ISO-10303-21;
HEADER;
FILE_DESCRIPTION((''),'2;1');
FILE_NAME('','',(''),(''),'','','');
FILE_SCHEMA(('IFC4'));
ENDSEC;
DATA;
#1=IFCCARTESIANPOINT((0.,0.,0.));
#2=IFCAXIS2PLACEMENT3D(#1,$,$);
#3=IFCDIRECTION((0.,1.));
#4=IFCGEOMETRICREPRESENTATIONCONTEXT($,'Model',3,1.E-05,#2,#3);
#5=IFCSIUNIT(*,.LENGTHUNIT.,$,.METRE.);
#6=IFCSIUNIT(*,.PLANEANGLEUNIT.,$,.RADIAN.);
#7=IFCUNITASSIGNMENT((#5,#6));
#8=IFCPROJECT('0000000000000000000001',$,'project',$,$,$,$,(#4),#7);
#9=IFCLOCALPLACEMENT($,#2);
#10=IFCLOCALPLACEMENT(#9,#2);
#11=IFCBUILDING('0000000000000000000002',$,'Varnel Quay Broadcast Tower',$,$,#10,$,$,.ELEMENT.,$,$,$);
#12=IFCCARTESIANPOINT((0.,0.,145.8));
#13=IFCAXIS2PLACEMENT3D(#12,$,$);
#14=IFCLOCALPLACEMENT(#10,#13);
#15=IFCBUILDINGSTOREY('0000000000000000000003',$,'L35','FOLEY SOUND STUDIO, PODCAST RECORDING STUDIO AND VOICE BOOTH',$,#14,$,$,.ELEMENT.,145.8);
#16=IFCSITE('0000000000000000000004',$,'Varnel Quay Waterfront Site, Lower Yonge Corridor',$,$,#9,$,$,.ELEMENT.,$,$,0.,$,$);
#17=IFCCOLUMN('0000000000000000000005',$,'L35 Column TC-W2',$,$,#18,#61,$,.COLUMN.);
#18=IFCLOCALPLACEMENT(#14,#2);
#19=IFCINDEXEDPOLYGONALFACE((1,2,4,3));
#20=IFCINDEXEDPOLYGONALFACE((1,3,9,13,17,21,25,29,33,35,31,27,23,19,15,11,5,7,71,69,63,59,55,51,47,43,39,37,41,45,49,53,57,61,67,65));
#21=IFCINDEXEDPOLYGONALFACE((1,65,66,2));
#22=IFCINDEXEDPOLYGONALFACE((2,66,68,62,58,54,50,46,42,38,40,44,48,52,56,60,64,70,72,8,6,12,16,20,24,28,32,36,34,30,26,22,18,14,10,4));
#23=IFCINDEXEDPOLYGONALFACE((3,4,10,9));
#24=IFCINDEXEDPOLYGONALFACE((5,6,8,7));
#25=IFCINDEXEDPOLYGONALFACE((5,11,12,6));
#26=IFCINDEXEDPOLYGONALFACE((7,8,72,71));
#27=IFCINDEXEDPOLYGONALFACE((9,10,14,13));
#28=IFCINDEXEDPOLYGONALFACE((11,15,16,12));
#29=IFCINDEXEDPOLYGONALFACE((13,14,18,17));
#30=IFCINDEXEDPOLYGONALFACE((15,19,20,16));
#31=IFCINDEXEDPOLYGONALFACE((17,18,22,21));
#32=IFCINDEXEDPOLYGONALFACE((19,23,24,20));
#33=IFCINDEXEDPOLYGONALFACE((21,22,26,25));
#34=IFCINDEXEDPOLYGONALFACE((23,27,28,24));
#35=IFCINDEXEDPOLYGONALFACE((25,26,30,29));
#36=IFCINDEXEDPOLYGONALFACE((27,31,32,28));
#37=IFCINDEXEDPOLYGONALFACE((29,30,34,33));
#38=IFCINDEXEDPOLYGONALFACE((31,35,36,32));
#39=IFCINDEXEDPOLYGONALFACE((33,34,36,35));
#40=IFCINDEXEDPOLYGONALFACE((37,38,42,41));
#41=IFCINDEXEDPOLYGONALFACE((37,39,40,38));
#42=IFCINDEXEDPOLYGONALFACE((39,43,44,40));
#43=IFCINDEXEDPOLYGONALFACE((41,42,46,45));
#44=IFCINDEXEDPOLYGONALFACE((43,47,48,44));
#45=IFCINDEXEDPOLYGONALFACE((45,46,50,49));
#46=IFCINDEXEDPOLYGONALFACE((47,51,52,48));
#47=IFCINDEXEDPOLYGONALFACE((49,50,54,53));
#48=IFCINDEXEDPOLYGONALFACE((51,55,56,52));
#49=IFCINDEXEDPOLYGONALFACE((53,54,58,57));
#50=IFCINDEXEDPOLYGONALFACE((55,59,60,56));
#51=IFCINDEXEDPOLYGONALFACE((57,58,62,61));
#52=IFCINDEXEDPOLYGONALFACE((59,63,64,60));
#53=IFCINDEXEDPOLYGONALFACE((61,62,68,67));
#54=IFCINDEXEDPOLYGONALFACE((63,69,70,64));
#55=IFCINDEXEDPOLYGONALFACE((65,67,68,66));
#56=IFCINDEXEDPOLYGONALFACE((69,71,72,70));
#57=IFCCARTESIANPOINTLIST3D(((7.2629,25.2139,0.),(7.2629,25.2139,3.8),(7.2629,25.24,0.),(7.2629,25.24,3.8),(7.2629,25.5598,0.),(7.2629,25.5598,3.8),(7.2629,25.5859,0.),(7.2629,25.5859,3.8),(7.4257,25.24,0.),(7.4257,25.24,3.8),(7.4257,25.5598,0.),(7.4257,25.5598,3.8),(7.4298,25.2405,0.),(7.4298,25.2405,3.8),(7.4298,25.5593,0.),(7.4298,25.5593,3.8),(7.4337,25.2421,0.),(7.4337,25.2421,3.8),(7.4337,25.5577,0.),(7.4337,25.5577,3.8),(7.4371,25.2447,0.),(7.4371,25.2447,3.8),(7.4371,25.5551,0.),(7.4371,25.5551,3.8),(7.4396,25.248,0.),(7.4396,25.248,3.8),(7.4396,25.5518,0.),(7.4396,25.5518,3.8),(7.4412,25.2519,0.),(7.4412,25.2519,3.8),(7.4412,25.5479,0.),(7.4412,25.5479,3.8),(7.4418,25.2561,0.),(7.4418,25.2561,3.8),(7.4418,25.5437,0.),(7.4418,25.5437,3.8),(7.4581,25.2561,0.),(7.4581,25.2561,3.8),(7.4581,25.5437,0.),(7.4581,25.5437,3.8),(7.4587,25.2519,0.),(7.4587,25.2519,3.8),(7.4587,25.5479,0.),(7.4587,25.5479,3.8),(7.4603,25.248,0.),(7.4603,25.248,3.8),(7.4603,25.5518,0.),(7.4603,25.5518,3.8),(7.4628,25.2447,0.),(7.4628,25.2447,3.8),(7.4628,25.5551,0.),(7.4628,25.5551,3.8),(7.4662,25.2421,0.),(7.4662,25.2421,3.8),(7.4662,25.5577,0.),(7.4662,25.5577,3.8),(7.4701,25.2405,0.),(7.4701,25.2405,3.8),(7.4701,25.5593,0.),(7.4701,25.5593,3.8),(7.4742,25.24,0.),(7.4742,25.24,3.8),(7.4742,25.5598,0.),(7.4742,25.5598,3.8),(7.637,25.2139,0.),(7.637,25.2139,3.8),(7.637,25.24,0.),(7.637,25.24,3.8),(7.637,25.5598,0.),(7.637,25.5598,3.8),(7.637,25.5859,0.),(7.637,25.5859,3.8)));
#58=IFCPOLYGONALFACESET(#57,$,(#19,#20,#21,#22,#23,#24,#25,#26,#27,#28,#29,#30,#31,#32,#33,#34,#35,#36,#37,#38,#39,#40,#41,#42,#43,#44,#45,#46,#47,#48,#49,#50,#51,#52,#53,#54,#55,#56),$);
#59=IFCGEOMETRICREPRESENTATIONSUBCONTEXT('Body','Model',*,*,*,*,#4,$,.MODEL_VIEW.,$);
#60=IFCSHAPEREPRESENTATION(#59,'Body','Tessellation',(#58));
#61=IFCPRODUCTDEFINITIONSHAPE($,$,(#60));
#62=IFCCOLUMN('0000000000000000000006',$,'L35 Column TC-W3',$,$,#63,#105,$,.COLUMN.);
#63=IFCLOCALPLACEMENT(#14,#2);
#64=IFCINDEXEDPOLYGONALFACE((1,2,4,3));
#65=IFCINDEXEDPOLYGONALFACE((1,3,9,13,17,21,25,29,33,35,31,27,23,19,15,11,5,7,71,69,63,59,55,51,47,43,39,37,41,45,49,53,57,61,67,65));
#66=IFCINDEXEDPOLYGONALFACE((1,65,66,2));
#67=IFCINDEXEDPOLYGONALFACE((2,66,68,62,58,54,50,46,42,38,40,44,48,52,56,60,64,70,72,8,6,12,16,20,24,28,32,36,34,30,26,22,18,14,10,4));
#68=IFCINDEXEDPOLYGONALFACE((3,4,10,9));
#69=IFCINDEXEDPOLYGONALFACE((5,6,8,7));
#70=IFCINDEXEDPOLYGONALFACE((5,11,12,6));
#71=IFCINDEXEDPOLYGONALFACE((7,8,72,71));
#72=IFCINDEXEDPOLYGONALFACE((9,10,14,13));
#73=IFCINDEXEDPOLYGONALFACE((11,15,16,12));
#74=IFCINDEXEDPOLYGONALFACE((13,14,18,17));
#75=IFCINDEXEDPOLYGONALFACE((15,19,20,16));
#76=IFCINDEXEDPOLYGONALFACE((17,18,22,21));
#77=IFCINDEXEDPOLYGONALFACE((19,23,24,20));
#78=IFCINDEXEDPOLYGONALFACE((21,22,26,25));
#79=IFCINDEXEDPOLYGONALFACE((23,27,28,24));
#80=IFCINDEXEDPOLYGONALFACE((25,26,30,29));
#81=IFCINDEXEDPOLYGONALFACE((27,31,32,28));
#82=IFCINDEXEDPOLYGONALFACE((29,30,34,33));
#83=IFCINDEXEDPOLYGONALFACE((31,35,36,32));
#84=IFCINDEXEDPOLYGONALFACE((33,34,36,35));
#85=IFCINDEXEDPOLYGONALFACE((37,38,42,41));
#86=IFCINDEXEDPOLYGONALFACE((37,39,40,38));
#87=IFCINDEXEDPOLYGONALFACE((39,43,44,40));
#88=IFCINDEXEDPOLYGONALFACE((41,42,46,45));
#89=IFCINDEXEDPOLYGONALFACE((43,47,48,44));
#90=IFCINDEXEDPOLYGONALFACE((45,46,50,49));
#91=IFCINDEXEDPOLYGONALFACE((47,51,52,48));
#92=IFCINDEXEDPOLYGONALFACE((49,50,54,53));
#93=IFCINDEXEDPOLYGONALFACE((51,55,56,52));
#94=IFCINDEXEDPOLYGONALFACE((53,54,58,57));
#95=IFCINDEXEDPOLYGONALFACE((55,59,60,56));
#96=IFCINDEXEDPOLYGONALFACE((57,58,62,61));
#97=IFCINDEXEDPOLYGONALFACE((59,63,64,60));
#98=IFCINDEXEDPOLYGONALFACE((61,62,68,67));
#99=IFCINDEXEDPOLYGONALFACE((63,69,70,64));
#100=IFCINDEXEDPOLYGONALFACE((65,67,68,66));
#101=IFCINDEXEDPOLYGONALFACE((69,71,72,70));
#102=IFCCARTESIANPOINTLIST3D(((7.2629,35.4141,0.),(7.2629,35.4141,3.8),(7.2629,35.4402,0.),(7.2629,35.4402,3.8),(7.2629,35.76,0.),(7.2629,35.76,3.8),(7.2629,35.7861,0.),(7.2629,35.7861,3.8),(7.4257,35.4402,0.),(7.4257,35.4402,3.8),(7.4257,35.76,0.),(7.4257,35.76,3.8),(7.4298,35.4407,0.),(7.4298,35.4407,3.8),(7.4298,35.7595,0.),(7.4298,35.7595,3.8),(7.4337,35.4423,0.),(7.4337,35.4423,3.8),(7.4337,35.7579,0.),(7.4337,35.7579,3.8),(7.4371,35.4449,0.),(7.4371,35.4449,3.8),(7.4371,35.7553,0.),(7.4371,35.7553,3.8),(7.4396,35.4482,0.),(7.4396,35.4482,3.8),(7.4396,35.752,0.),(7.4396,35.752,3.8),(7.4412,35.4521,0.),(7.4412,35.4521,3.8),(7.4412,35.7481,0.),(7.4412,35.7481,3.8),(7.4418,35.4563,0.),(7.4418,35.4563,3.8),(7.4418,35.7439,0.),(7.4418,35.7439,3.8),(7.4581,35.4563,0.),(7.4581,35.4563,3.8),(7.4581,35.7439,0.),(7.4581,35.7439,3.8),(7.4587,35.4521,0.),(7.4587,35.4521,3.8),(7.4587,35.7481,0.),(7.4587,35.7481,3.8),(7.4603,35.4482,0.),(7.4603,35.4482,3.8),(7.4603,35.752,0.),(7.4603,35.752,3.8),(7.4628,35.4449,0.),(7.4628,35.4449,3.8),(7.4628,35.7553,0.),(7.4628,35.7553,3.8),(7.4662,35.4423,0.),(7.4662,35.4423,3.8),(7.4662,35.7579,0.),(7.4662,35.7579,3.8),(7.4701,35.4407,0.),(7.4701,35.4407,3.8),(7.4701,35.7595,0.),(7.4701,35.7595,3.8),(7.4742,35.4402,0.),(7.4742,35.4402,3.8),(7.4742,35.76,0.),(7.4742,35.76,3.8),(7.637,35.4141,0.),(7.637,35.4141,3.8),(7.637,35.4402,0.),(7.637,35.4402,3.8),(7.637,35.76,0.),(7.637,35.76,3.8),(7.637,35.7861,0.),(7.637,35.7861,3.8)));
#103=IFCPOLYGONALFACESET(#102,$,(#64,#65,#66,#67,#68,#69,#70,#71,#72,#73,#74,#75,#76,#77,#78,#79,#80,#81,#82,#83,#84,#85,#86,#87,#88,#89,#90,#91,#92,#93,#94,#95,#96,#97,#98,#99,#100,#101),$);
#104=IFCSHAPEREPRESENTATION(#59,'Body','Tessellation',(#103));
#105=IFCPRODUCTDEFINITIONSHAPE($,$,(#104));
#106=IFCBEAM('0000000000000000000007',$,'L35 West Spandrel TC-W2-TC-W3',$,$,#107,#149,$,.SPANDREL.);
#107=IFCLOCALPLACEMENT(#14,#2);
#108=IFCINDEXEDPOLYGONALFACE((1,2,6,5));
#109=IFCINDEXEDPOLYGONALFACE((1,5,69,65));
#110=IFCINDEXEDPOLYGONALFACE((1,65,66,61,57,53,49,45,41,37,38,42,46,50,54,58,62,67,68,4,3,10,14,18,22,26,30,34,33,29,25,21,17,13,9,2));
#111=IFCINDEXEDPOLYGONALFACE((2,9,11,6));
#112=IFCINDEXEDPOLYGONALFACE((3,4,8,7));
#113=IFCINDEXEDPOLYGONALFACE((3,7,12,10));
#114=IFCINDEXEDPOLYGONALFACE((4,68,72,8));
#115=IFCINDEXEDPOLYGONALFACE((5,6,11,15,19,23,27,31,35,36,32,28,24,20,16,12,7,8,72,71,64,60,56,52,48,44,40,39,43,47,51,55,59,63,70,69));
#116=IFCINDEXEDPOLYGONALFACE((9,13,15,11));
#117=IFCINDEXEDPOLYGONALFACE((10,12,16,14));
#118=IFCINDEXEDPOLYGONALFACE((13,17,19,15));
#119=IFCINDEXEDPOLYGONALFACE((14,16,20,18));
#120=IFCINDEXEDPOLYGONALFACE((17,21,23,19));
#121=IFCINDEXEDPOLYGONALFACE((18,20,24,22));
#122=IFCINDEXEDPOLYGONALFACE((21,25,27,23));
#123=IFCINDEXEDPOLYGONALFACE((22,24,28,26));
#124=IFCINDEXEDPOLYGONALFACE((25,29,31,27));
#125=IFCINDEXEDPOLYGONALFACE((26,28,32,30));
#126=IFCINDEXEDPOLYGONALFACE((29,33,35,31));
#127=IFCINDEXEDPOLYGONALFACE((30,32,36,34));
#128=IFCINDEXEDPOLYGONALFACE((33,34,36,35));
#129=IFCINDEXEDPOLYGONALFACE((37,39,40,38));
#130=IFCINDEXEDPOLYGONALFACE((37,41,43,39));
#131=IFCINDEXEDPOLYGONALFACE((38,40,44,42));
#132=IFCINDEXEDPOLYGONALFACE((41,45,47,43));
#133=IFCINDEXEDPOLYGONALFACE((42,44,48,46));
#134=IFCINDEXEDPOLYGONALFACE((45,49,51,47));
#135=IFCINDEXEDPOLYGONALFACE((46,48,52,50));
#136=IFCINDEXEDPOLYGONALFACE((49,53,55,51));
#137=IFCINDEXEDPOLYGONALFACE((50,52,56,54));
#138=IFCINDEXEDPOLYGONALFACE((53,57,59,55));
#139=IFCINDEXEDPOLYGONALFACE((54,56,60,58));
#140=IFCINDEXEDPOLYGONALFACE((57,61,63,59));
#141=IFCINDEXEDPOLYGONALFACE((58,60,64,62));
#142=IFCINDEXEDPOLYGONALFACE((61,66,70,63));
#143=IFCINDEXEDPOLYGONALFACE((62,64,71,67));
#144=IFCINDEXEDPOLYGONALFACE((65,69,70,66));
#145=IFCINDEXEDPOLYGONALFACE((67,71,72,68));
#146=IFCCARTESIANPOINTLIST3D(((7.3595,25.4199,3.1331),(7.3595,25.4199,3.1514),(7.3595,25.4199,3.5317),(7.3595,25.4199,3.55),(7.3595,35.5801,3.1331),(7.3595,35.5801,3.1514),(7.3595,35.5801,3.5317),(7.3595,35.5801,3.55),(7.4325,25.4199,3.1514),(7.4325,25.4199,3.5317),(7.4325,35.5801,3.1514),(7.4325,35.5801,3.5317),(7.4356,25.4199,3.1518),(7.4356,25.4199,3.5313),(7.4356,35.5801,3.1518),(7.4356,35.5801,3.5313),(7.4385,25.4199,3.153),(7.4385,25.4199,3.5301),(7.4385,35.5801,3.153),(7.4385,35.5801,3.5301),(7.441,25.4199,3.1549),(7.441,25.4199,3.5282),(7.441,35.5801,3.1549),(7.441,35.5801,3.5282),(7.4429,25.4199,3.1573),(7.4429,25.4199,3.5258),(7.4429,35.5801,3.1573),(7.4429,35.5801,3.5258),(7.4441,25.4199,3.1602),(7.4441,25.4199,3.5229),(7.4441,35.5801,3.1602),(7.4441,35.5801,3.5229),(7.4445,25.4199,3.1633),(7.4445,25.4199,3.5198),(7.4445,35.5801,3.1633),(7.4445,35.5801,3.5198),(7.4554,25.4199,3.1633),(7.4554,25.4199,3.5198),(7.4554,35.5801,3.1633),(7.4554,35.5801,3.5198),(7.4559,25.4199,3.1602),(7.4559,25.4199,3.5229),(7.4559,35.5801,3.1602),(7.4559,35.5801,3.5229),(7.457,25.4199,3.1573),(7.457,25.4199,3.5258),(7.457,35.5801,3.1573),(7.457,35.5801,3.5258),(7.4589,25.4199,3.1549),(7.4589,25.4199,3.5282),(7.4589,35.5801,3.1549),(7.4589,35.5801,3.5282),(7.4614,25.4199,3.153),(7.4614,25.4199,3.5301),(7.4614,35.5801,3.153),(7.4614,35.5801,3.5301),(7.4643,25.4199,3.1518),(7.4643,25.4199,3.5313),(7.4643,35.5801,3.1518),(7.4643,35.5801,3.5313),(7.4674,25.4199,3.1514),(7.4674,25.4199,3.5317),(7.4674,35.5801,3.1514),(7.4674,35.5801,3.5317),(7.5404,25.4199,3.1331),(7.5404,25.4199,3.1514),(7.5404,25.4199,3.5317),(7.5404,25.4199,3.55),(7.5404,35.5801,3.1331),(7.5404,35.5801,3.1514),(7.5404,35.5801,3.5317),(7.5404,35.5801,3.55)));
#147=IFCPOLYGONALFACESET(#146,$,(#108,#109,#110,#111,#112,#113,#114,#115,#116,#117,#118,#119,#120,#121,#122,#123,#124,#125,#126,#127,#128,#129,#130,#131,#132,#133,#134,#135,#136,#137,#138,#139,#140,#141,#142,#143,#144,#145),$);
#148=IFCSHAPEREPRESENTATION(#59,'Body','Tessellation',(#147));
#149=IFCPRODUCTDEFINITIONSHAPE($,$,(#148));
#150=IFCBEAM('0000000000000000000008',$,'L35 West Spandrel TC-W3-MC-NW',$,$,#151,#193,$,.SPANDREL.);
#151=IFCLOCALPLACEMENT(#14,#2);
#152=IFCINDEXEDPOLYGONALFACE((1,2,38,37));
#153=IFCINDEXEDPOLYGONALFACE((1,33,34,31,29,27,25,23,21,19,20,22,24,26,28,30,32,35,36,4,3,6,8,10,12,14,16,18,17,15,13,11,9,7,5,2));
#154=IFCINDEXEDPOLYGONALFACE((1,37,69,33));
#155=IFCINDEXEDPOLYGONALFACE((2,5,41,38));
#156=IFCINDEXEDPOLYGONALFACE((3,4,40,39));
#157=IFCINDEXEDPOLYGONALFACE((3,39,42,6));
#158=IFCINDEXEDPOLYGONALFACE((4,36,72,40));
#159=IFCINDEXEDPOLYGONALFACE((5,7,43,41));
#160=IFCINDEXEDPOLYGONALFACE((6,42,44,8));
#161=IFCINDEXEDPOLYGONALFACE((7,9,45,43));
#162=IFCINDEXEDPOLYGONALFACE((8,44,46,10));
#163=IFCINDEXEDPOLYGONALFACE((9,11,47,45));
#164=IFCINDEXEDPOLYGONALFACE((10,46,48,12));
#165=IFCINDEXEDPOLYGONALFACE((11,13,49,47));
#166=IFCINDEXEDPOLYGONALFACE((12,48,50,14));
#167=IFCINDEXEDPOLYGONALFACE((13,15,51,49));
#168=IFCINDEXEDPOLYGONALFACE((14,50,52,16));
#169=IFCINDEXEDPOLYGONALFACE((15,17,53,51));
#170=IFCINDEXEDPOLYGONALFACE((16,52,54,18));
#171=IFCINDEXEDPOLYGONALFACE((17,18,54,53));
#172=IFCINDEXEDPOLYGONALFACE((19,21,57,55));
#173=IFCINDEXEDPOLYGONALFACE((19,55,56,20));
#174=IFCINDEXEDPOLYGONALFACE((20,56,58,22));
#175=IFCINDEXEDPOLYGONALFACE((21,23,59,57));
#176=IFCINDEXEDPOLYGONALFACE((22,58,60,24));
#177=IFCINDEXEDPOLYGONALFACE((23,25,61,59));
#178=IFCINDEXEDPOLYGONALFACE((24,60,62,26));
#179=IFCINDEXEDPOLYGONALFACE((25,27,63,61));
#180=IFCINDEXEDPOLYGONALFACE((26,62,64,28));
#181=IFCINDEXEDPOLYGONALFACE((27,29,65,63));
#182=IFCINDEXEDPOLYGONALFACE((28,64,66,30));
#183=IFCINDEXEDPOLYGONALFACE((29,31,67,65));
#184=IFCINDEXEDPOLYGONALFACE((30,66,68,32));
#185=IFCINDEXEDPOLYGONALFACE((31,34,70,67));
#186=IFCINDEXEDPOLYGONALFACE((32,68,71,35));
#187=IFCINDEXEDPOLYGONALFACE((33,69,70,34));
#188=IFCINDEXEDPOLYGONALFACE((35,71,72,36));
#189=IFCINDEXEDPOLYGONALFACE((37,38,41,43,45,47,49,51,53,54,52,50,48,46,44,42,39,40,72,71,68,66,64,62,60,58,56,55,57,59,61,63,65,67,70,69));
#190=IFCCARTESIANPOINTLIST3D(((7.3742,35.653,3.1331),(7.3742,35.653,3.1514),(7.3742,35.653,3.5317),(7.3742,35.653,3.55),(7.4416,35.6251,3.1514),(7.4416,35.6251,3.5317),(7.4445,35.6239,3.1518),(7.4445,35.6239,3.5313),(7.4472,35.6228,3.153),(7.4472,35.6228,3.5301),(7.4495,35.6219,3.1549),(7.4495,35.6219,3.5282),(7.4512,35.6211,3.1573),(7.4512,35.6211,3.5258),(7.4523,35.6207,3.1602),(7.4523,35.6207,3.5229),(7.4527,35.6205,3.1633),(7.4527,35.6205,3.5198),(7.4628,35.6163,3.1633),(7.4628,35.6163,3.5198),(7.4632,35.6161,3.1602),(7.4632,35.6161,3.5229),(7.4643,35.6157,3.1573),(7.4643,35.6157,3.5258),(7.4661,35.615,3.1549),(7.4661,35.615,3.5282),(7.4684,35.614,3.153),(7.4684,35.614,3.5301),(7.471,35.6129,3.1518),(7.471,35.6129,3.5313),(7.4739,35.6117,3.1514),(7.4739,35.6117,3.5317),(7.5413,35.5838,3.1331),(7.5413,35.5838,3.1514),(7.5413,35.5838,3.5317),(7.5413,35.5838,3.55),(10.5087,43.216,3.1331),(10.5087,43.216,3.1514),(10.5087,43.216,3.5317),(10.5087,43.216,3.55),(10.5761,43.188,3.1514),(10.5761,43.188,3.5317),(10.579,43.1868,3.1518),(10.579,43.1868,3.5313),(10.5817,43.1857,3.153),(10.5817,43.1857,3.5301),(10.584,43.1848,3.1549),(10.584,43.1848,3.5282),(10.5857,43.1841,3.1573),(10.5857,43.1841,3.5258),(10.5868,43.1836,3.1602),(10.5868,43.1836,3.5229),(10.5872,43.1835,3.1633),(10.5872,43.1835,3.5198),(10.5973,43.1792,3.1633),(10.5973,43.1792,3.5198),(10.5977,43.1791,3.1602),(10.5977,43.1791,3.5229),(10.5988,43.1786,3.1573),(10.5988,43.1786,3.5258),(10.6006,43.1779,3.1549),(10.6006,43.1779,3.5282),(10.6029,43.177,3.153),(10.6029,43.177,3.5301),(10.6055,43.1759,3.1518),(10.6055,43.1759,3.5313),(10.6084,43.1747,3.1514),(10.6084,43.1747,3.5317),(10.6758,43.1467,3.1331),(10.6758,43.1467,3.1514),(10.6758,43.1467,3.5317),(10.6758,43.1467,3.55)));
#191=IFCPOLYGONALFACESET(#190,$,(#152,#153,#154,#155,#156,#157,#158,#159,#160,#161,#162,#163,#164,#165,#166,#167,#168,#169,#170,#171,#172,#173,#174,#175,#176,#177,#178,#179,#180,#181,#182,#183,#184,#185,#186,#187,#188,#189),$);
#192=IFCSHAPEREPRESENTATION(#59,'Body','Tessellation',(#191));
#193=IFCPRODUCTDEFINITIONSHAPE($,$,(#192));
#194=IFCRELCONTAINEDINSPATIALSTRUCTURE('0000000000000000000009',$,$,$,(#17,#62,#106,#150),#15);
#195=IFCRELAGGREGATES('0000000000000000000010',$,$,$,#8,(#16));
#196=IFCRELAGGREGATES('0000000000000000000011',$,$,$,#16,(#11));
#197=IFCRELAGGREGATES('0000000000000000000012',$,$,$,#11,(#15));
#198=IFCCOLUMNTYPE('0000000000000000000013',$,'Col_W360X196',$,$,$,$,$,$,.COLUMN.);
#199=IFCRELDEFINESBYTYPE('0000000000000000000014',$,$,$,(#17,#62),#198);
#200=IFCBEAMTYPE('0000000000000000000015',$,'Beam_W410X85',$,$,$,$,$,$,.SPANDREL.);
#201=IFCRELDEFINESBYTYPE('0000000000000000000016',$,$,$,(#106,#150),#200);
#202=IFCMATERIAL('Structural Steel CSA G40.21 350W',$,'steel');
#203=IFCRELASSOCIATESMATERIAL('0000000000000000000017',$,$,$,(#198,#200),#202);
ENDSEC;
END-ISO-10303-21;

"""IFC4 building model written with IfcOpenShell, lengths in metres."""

from ifc_helpers import new_model, si_unit, direction, frame, origin, origin_2d, place, context, subcontext, project, spatial, i_section, extrude, source, transform, mapped, material, material_profile, profile_set, type_object, type_shapes, element, save


model = new_model("IFC4")

# Units and contexts
model_context = context("Model", 3, precision=1e-05, world=origin(), true_north=direction((0.0, 1.0)))
body_context = subcontext(model_context, "Body", "Model", "MODEL_VIEW")
ifc_project = project(units=[si_unit("LENGTHUNIT", "METRE"), si_unit("PLANEANGLEUNIT", "RADIAN")], contexts=[model_context])

# Site, building, storey
site_placement = place(None, origin())
site = spatial("IfcSite", under=ifc_project, at=site_placement, Name="Varnel Quay Waterfront Site, Lower Yonge Corridor", CompositionType="ELEMENT", RefElevation=0.0)
building_placement = place(site_placement, origin())
building = spatial("IfcBuilding", under=site, at=building_placement, Name="Varnel Quay Broadcast Tower", CompositionType="ELEMENT")
storey_placement = place(building_placement, frame((0.0, 0.0, 145.8)))
storey = spatial("IfcBuildingStorey", under=building, at=storey_placement, Name="L35", Description="FOLEY SOUND STUDIO, PODCAST RECORDING STUDIO AND VOICE BOOTH", CompositionType="ELEMENT", Elevation=145.8)

# Columns
ifc_material_1 = material(Name="Structural Steel CSA G40.21 350W", Category="steel")
ifc_material_profile_1 = material_profile(ifc_material_1, i_section(OverallWidth=0.374, OverallDepth=0.3721, WebThickness=0.0164, FlangeThickness=0.0261, FilletRadius=0.0161, at=origin_2d()), Name="W360X196")
ifc_profile_set_1 = profile_set([ifc_material_profile_1], Name="Structural Steel CSA G40.21 350W")
column_type = type_object("IfcColumnType", Name="Col_W360X196", PredefinedType="COLUMN", material=ifc_profile_set_1)
shared_shape_1 = source(origin(), body_context, "Body", "SweptSolid", [
    extrude(i_section(OverallWidth=0.374, OverallDepth=0.3721, WebThickness=0.0164, FlangeThickness=0.0261, FilletRadius=0.0161, at=origin_2d()), origin(), (0.0, 0.0, 1.0), 3.8),
])
type_shapes(column_type, [shared_shape_1])
for number, where, z_axis, x_axis, name in (
    (1, (7.45, 25.3999, 0.0), (0.0, 0.0, 1.0), (1.0, 0.0, 0.0), "L35 Column TC-W2"),
    (2, (7.45, 35.6001, 0.0), (0.0, 0.0, 1.0), (1.0, 0.0, 0.0), "L35 Column TC-W3"),
):
    element("IfcColumn", number, at=place(storey_placement, frame(where, z_axis=z_axis, x_axis=x_axis)), inside=storey, type_object=column_type, Name=name, PredefinedType="COLUMN", context=body_context, shape_type="MappedRepresentation", body=[
        mapped(shared_shape_1, transform((0.0, 0.0, 0.0), x_axis=(1.0, 0.0, 0.0), y_axis=(0.0, 1.0, 0.0), z_axis=(0.0, 0.0, 1.0), scale=1.0)),
    ])

# Beams
ifc_material_profile_2 = material_profile(ifc_material_1, i_section(OverallWidth=0.1809, OverallDepth=0.417, WebThickness=0.011, FlangeThickness=0.0183, FilletRadius=0.012, at=origin_2d()), Name="W410X85")
ifc_profile_set_2 = profile_set([ifc_material_profile_2], Name="Structural Steel CSA G40.21 350W")
beam_type_1 = type_object("IfcBeamType", Name="Beam_W410X85", PredefinedType="SPANDREL", material=ifc_profile_set_2)
shared_shape_2 = source(origin(), body_context, "Body", "SweptSolid", [
    extrude(i_section(OverallWidth=0.1809, OverallDepth=0.417, WebThickness=0.011, FlangeThickness=0.0183, FilletRadius=0.012, at=origin_2d()), origin(), (0.0, 0.0, 1.0), 10.1602),
])
beam_1_placement = place(storey_placement, frame((7.45, 25.4199, 3.3416), z_axis=(0.0, 1.0, 0.0), x_axis=(-1.0, 0.0, 0.0)))
element("IfcBeam", 3, at=beam_1_placement, inside=storey, type_object=beam_type_1, Name="L35 West Spandrel TC-W2-TC-W3", PredefinedType="SPANDREL", context=body_context, shape_type="MappedRepresentation", body=[
    mapped(shared_shape_2, transform((0.0, 0.0, 0.0), x_axis=(1.0, 0.0, 0.0), y_axis=(0.0, 1.0, 0.0), z_axis=(0.0, 0.0, 1.0), scale=1.0)),
])
shared_shape_3 = source(origin(), body_context, "Body", "SweptSolid", [
    extrude(i_section(OverallWidth=0.1809, OverallDepth=0.417, WebThickness=0.011, FlangeThickness=0.0183, FilletRadius=0.012, at=origin_2d()), origin(), (0.0, 0.0, 1.0), 8.1868),
])
type_shapes(beam_type_1, [shared_shape_2, shared_shape_3])
beam_2_placement = place(storey_placement, frame((7.4578, 35.6184, 3.3416), z_axis=(0.382874, 0.923801, 0.0), x_axis=(-0.923801, 0.382874, 0.0)))
element("IfcBeam", 4, at=beam_2_placement, inside=storey, type_object=beam_type_1, Name="L35 West Spandrel TC-W3-MC-NW", PredefinedType="SPANDREL", context=body_context, shape_type="MappedRepresentation", body=[
    mapped(shared_shape_3, transform((0.0, 0.0, 0.0), x_axis=(1.0, 0.0, 0.0), y_axis=(0.0, 1.0, 0.0), z_axis=(0.0, 0.0, 1.0), scale=1.0)),
])

save(model, "model.ifc")
